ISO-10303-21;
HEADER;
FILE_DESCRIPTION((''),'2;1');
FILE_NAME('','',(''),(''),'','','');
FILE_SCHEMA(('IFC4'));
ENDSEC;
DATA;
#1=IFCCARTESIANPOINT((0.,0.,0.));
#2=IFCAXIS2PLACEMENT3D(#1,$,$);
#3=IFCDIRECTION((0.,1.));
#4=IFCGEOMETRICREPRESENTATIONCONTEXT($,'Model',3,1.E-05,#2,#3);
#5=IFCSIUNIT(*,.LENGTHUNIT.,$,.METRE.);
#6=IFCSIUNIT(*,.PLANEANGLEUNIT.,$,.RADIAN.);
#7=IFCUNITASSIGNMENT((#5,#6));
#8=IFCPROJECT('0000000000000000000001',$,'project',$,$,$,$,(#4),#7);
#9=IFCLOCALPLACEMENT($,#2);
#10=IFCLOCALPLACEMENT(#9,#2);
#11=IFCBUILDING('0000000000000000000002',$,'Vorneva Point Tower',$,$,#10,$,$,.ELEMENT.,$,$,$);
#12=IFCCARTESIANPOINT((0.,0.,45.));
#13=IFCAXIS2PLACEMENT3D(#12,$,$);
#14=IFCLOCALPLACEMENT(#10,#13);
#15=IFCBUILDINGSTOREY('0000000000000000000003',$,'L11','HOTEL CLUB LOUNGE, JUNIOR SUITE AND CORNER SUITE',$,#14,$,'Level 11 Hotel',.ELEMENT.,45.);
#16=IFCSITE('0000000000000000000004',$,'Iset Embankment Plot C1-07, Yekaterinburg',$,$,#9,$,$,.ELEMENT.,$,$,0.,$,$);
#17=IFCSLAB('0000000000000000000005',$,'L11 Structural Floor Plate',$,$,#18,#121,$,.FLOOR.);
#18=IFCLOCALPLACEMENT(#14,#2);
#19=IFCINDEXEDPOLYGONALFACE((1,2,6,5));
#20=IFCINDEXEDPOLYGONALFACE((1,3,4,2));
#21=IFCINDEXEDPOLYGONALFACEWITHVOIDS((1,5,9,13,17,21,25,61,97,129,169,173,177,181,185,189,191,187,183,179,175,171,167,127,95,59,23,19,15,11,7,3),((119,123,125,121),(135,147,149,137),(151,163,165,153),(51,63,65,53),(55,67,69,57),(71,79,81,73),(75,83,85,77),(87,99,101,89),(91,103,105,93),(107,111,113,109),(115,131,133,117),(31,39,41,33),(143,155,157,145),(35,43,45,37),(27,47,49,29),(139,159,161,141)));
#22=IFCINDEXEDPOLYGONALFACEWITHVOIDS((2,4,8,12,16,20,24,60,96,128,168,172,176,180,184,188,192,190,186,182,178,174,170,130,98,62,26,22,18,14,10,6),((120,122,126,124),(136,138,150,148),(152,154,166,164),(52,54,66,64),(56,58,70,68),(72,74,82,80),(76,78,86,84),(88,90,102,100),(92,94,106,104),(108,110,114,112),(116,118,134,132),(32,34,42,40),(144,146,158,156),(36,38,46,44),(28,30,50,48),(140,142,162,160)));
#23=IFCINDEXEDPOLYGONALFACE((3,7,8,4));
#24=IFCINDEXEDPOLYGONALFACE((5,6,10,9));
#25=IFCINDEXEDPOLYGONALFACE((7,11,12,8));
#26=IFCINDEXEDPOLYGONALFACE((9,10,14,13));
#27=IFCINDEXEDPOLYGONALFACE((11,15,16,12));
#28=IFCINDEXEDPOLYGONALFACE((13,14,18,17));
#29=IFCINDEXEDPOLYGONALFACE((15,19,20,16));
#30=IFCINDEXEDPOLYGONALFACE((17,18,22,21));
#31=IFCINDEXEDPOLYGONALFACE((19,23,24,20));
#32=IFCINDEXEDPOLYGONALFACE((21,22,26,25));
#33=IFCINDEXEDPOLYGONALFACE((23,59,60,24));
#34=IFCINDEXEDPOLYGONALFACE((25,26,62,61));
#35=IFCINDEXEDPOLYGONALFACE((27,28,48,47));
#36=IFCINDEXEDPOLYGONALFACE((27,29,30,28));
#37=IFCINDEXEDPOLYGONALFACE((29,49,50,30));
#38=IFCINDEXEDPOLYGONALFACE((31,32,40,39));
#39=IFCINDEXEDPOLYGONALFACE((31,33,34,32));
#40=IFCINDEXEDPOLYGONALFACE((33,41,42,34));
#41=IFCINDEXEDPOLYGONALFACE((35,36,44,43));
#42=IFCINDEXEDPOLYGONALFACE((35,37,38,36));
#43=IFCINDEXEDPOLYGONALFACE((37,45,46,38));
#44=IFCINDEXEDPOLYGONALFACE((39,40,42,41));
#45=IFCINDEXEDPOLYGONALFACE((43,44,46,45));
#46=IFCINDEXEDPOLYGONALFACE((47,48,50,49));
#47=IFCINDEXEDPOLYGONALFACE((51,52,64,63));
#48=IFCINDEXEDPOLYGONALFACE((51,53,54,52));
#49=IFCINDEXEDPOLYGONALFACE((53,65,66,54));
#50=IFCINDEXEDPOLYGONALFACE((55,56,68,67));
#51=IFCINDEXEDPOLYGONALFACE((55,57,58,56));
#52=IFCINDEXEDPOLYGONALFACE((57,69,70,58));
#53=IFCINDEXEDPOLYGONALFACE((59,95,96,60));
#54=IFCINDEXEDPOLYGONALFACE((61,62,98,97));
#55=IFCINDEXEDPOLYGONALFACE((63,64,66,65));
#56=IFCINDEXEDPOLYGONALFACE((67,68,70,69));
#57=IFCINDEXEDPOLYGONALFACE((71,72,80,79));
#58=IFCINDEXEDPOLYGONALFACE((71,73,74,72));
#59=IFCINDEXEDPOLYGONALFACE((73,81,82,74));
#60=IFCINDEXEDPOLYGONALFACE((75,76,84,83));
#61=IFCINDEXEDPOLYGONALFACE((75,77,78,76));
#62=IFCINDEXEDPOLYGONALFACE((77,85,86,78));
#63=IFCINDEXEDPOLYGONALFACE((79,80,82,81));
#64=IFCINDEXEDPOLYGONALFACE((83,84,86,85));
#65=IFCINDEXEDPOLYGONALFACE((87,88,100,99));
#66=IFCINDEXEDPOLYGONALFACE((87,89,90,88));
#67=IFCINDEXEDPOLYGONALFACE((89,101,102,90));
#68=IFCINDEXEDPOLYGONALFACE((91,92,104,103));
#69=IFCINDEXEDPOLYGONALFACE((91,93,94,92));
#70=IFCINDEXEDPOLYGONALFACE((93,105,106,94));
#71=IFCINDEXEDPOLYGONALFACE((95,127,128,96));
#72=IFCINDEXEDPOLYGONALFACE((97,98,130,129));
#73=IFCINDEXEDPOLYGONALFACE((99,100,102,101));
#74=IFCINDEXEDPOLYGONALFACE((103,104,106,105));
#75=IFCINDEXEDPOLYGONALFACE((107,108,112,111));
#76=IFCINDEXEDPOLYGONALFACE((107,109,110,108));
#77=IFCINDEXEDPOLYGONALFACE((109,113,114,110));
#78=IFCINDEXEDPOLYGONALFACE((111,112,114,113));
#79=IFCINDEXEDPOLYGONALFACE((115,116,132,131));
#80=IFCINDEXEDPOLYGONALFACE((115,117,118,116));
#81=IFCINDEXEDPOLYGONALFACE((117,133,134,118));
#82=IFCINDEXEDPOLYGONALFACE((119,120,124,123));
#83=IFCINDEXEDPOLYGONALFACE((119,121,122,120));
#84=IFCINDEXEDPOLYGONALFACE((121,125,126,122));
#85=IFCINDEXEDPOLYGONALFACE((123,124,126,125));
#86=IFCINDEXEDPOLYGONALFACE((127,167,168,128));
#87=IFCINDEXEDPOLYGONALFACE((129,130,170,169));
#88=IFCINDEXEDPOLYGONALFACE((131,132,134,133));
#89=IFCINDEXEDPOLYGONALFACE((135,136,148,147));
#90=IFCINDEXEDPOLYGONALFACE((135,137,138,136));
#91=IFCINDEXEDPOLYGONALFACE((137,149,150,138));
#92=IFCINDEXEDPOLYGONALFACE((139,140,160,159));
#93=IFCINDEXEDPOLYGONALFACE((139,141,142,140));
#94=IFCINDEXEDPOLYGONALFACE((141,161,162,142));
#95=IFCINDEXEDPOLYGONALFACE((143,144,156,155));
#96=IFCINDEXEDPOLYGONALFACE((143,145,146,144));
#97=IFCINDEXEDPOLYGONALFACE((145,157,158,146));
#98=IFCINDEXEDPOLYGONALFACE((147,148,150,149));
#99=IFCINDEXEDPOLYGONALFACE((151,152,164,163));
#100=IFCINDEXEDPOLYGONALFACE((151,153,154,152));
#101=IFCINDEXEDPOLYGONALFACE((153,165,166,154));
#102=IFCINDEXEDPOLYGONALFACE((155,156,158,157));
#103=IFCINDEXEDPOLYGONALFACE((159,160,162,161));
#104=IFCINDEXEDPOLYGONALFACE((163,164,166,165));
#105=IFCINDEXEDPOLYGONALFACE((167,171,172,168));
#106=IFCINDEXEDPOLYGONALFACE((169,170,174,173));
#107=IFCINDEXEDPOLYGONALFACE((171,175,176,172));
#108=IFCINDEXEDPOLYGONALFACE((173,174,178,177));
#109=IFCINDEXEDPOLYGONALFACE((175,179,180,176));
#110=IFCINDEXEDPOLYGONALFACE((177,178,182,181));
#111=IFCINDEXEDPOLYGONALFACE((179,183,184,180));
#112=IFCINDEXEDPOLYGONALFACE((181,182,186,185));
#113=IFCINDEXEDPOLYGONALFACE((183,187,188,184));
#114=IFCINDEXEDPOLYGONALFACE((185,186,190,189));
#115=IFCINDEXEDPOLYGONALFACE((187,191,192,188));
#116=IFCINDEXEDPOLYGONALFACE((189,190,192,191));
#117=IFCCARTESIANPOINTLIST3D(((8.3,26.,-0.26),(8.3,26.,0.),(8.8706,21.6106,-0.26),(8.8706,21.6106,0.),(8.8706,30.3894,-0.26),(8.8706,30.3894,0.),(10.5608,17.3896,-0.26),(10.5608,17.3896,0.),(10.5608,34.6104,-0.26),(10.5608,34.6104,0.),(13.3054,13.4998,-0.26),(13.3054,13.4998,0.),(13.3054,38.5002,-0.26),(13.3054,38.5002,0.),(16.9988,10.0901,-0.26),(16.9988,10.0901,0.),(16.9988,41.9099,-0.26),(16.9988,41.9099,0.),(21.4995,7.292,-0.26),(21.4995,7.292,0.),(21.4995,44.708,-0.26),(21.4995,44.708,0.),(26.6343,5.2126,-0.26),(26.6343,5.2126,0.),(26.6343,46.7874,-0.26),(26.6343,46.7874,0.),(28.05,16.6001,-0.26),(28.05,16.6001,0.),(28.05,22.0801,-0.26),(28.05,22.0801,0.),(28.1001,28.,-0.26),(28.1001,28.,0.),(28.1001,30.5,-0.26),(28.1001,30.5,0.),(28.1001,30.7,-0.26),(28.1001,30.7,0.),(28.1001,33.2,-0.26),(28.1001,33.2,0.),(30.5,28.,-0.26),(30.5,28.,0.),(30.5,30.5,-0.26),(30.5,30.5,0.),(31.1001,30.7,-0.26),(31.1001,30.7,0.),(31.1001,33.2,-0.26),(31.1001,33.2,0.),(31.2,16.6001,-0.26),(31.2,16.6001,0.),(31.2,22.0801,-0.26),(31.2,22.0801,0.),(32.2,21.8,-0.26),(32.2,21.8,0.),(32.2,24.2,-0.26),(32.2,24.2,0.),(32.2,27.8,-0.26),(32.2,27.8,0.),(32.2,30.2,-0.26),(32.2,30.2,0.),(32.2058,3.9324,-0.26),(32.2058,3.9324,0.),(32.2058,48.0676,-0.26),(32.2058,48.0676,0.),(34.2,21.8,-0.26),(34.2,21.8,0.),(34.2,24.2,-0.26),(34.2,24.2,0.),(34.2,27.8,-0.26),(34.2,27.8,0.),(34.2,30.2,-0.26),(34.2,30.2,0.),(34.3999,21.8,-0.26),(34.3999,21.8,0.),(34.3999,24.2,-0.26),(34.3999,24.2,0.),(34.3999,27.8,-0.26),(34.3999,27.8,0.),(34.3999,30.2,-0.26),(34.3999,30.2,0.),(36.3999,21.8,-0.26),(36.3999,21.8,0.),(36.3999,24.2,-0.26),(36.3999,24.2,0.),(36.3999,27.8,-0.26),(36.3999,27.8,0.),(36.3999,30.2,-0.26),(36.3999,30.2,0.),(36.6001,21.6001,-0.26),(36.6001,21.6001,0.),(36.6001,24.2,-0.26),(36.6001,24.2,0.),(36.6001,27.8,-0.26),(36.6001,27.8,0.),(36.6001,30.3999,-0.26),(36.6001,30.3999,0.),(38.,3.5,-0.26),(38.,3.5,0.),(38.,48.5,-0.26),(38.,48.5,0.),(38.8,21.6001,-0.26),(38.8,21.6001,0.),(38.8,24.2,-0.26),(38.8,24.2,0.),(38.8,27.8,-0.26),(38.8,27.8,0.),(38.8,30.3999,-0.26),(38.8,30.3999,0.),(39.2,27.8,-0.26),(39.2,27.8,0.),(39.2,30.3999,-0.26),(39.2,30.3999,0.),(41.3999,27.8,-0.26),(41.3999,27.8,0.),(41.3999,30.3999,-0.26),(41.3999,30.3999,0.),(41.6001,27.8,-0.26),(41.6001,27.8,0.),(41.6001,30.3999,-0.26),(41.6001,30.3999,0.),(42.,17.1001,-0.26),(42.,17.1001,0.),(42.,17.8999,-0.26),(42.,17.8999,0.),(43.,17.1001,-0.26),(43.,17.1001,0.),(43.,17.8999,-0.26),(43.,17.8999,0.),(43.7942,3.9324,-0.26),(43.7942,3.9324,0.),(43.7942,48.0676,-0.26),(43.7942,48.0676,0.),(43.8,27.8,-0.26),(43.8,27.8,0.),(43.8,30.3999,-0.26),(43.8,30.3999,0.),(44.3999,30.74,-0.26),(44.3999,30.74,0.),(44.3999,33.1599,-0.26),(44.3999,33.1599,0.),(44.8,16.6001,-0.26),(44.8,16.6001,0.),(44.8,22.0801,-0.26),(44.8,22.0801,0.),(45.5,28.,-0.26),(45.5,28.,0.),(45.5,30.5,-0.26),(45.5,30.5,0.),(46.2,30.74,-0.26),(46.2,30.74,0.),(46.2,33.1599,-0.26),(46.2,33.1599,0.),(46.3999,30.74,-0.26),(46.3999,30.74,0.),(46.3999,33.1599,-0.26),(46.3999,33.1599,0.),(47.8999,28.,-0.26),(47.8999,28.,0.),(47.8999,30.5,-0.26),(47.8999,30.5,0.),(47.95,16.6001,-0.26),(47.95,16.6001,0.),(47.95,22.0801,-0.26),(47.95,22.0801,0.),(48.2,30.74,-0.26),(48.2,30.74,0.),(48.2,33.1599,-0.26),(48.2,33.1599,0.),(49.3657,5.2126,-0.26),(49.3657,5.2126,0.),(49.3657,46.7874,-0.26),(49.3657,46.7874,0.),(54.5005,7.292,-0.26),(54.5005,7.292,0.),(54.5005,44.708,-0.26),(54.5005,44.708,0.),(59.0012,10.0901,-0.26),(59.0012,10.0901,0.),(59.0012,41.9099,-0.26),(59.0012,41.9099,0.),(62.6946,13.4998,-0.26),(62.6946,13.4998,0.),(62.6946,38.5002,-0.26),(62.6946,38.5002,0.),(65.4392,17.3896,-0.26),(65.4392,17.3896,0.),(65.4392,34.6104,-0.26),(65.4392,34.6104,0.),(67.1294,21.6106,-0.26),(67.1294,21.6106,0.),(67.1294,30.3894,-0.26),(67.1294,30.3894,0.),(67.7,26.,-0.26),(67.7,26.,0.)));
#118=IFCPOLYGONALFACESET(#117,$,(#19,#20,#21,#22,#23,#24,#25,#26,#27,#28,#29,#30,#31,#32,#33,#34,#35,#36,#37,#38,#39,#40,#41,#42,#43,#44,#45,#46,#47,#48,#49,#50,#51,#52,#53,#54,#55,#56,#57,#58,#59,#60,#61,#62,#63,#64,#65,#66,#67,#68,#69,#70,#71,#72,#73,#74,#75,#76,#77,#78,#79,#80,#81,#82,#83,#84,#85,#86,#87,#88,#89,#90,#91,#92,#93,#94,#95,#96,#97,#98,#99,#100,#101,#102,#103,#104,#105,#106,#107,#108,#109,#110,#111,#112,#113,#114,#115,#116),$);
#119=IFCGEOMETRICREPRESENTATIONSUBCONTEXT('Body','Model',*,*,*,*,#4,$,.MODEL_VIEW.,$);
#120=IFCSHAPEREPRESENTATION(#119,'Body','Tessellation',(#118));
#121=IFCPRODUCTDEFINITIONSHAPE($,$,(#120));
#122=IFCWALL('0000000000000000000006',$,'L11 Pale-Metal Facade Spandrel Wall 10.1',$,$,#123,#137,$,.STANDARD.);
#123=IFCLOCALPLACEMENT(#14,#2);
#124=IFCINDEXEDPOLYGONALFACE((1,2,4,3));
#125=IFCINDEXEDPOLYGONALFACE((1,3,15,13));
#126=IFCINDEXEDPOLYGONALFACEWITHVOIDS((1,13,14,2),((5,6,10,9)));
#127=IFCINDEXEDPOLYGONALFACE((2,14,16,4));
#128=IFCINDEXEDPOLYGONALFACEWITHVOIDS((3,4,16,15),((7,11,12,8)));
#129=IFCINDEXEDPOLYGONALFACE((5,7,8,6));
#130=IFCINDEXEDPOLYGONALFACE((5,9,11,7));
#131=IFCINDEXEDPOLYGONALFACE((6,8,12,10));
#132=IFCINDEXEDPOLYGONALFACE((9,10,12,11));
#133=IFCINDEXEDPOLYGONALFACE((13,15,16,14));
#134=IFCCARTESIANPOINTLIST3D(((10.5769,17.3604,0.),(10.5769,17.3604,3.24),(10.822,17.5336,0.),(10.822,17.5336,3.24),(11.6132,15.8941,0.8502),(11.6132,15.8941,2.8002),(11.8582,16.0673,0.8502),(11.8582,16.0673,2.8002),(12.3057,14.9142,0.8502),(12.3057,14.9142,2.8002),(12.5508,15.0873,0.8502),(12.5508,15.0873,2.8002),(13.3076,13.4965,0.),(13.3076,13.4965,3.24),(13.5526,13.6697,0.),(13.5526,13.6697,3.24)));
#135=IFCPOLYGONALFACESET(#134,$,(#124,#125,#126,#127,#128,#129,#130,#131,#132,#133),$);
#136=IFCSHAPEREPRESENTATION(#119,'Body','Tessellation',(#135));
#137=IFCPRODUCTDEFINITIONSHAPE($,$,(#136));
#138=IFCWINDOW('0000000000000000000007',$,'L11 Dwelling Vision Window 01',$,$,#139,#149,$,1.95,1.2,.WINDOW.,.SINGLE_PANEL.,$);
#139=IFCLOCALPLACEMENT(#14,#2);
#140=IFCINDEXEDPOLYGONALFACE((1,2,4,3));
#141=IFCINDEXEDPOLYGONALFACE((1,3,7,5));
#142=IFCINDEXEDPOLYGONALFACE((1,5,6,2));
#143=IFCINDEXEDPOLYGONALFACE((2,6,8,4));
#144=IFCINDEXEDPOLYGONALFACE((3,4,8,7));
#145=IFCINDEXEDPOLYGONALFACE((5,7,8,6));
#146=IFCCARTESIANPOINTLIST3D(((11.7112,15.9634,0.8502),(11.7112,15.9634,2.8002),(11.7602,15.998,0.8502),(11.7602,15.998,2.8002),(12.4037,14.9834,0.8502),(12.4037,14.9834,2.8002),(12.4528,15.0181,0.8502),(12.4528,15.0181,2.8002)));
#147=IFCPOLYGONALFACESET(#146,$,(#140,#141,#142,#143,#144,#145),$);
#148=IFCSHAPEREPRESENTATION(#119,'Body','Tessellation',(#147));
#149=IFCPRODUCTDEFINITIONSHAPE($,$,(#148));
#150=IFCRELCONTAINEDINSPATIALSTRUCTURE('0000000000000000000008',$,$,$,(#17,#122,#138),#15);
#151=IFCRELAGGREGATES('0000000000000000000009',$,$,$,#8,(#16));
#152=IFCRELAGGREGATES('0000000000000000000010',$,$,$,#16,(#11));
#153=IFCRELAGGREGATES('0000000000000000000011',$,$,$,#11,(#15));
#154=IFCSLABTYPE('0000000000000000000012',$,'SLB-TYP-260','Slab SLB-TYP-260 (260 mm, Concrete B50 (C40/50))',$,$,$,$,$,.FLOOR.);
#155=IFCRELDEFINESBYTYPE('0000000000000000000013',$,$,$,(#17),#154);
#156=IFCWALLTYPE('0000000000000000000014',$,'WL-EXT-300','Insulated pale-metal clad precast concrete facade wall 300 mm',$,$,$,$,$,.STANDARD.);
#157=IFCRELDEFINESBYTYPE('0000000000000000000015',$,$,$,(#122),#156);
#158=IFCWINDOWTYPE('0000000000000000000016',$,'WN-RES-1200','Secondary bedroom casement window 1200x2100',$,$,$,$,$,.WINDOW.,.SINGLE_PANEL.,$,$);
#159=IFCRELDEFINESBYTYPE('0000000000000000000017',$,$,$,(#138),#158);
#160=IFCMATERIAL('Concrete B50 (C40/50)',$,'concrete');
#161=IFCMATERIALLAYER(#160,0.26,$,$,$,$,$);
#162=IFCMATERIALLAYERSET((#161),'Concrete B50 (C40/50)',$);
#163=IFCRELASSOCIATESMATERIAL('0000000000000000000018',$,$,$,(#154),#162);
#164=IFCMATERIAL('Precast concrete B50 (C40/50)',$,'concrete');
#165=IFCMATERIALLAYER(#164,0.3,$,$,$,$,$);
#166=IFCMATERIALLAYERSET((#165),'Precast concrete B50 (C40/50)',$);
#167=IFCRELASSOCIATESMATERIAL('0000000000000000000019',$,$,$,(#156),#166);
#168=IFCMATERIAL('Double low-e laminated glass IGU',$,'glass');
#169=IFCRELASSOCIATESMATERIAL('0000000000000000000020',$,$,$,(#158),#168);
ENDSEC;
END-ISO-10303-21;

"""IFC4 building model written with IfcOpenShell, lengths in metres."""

from ifc_helpers import new_model, si_unit, direction, frame, frame_2d, origin, place, context, subcontext, project, spatial, polyline, rectangle, outline, extrude, material, layer, layer_set, type_object, element, fill, save


model = new_model("IFC4")

# Units and contexts
model_context = context("Model", 3, precision=1e-05, world=origin(), true_north=direction((0.0, 1.0)))
body_context = subcontext(model_context, "Body", "Model", "MODEL_VIEW")
ifc_project = project(units=[si_unit("LENGTHUNIT", "METRE"), si_unit("PLANEANGLEUNIT", "RADIAN")], contexts=[model_context])

# Site, building, storey
site_placement = place(None, origin())
site = spatial("IfcSite", under=ifc_project, at=site_placement, Name="Iset Embankment Plot C1-07, Yekaterinburg", CompositionType="ELEMENT", RefElevation=0.0)
building_placement = place(site_placement, origin())
building = spatial("IfcBuilding", under=site, at=building_placement, Name="Vorneva Point Tower", CompositionType="ELEMENT")
storey_placement = place(building_placement, frame((0.0, 0.0, 45.0)))
storey = spatial("IfcBuildingStorey", under=building, at=storey_placement, Name="L11", Description="HOTEL CLUB LOUNGE, JUNIOR SUITE AND CORNER SUITE", LongName="Level 11 Hotel", CompositionType="ELEMENT", Elevation=45.0)

# Shared definitions
ifc_material_1 = material(Name="Double low-e laminated glass IGU", Category="glass")

# Shared definitions
ifc_material_2 = material(Name="Concrete B50 (C40/50)", Category="concrete")

# Slab
ifc_layer_1 = layer(ifc_material_2, 0.26)
ifc_layer_set_1 = layer_set([ifc_layer_1], Name="Concrete B50 (C40/50)")
slab_type_1 = type_object("IfcSlabType", Name="SLB-TYP-260", Description="Slab SLB-TYP-260 (260 mm, Concrete B50 (C40/50))", PredefinedType="FLOOR", material=ifc_layer_set_1)
slab_1_placement = place(storey_placement, frame((0.0, 0.0, -0.26)))
element("IfcSlab", 1, at=slab_1_placement, inside=storey, type_object=slab_type_1, Name="L11 Structural Floor Plate", PredefinedType="FLOOR", context=body_context, shape_type="SweptSolid", body=[
    extrude(outline(polyline([(67.7, 26.0), (67.1294, 30.3894), (65.4392, 34.6104), (62.6946, 38.5002), (59.0012, 41.9099), (54.5005, 44.708), (49.3657, 46.7874), (43.7942, 48.0676), (38.0, 48.5), (32.2058, 48.0676), (26.6343, 46.7874), (21.4995, 44.708), (16.9988, 41.9099), (13.3054, 38.5002), (10.5608, 34.6104), (8.8706, 30.3894), (8.3, 26.0), (8.8706, 21.6106), (10.5608, 17.3896), (13.3054, 13.4998), (16.9988, 10.0901), (21.4995, 7.292), (26.6343, 5.2126), (32.2058, 3.9324), (38.0, 3.5), (43.7942, 3.9324), (49.3657, 5.2126), (54.5005, 7.292), (59.0012, 10.0901), (62.6946, 13.4998), (65.4392, 17.3896), (67.1294, 21.6106), (67.7, 26.0)]), holes=[polyline([(32.2, 27.8), (34.2, 27.8), (34.2, 30.2), (32.2, 30.2), (32.2, 27.8)]), polyline([(34.3999, 27.8), (36.3999, 27.8), (36.3999, 30.2), (34.3999, 30.2), (34.3999, 27.8)]), polyline([(36.6001, 27.8), (38.8, 27.8), (38.8, 30.3999), (36.6001, 30.3999), (36.6001, 27.8)]), polyline([(32.2, 21.8), (34.2, 21.8), (34.2, 24.2), (32.2, 24.2), (32.2, 21.8)]), polyline([(34.3999, 21.8), (36.3999, 21.8), (36.3999, 24.2), (34.3999, 24.2), (34.3999, 21.8)]), polyline([(36.6001, 21.6001), (38.8, 21.6001), (38.8, 24.2), (36.6001, 24.2), (36.6001, 21.6001)]), polyline([(39.2, 27.8), (41.3999, 27.8), (41.3999, 30.3999), (39.2, 30.3999), (39.2, 27.8)]), polyline([(41.6001, 27.8), (43.8, 27.8), (43.8, 30.3999), (41.6001, 30.3999), (41.6001, 27.8)]), polyline([(44.3999, 30.74), (46.2, 30.74), (46.2, 33.1599), (44.3999, 33.1599), (44.3999, 30.74)]), polyline([(46.3999, 30.74), (48.2, 30.74), (48.2, 33.1599), (46.3999, 33.1599), (46.3999, 30.74)]), polyline([(28.1001, 28.0), (30.5, 28.0), (30.5, 30.5), (28.1001, 30.5), (28.1001, 28.0)]), polyline([(45.5, 28.0), (47.8999, 28.0), (47.8999, 30.5), (45.5, 30.5), (45.5, 28.0)]), polyline([(28.1001, 30.7), (31.1001, 30.7), (31.1001, 33.2), (28.1001, 33.2), (28.1001, 30.7)]), polyline([(28.05, 16.6001), (31.2, 16.6001), (31.2, 22.0801), (28.05, 22.0801), (28.05, 16.6001)]), polyline([(44.8, 16.6001), (47.95, 16.6001), (47.95, 22.0801), (44.8, 22.0801), (44.8, 16.6001)]), polyline([(42.0, 17.1001), (43.0, 17.1001), (43.0, 17.8999), (42.0, 17.8999), (42.0, 17.1001)])]), origin(), (0.0, 0.0, 1.0), 0.26),
])

# Wall, opening, window
ifc_material_3 = material(Name="Precast concrete B50 (C40/50)", Category="concrete")
ifc_layer_2 = layer(ifc_material_3, 0.3)
ifc_layer_set_2 = layer_set([ifc_layer_2], Name="Precast concrete B50 (C40/50)")
wall_type_1 = type_object("IfcWallType", Name="WL-EXT-300", Description="Insulated pale-metal clad precast concrete facade wall 300 mm", PredefinedType="STANDARD", material=ifc_layer_set_2)
wall_1_placement = place(storey_placement, frame((10.6995, 17.447, 0.0), z_axis=(0.0, 0.0, 1.0), x_axis=(0.577131, -0.816652, 0.0)))
wall_1 = element("IfcWall", 2, at=wall_1_placement, inside=storey, type_object=wall_type_1, Name="L11 Pale-Metal Facade Spandrel Wall 10.1", PredefinedType="STANDARD", context=body_context, shape_type="SweptSolid", body=[
    extrude(rectangle(XDim=4.7314, YDim=0.3, at=frame_2d((2.3657, 0.0))), origin(), (0.0, 0.0, 1.0), 3.24),
])
opening_1_placement = place(wall_1_placement, frame((1.7954, 0.0, 0.8501)))
opening_1 = element("IfcOpeningElement", 3, at=opening_1_placement, cuts=wall_1, PredefinedType="OPENING", context=body_context, shape_type="SweptSolid", body=[
    extrude(rectangle(XDim=1.2, YDim=1.95, at=frame_2d((0.6001, 0.9751))), frame((0.0, 0.165, 0.0), z_axis=(0.0, -1.0, 0.0), x_axis=(1.0, 0.0, 0.0)), (0.0, 0.0, 1.0), 0.3298),
])
window_type_1 = type_object("IfcWindowType", Name="WN-RES-1200", Description="Secondary bedroom casement window 1200x2100", PartitioningType="SINGLE_PANEL", PredefinedType="WINDOW", material=ifc_material_1)
window_1_placement = place(opening_1_placement, origin())
window_1 = element("IfcWindow", 4, at=window_1_placement, inside=storey, type_object=window_type_1, Name="L11 Dwelling Vision Window 01", OverallHeight=1.95, OverallWidth=1.2, PartitioningType="SINGLE_PANEL", PredefinedType="WINDOW", context=body_context, shape_type="SweptSolid", body=[
    extrude(rectangle(XDim=1.2, YDim=1.95, at=frame_2d((0.6001, 0.9751))), frame((0.0, 0.03, 0.0), z_axis=(0.0, -1.0, 0.0), x_axis=(1.0, 0.0, 0.0)), (0.0, 0.0, 1.0), 0.0601),
])
fill(opening_1, window_1)

save(model, "model.ifc")
